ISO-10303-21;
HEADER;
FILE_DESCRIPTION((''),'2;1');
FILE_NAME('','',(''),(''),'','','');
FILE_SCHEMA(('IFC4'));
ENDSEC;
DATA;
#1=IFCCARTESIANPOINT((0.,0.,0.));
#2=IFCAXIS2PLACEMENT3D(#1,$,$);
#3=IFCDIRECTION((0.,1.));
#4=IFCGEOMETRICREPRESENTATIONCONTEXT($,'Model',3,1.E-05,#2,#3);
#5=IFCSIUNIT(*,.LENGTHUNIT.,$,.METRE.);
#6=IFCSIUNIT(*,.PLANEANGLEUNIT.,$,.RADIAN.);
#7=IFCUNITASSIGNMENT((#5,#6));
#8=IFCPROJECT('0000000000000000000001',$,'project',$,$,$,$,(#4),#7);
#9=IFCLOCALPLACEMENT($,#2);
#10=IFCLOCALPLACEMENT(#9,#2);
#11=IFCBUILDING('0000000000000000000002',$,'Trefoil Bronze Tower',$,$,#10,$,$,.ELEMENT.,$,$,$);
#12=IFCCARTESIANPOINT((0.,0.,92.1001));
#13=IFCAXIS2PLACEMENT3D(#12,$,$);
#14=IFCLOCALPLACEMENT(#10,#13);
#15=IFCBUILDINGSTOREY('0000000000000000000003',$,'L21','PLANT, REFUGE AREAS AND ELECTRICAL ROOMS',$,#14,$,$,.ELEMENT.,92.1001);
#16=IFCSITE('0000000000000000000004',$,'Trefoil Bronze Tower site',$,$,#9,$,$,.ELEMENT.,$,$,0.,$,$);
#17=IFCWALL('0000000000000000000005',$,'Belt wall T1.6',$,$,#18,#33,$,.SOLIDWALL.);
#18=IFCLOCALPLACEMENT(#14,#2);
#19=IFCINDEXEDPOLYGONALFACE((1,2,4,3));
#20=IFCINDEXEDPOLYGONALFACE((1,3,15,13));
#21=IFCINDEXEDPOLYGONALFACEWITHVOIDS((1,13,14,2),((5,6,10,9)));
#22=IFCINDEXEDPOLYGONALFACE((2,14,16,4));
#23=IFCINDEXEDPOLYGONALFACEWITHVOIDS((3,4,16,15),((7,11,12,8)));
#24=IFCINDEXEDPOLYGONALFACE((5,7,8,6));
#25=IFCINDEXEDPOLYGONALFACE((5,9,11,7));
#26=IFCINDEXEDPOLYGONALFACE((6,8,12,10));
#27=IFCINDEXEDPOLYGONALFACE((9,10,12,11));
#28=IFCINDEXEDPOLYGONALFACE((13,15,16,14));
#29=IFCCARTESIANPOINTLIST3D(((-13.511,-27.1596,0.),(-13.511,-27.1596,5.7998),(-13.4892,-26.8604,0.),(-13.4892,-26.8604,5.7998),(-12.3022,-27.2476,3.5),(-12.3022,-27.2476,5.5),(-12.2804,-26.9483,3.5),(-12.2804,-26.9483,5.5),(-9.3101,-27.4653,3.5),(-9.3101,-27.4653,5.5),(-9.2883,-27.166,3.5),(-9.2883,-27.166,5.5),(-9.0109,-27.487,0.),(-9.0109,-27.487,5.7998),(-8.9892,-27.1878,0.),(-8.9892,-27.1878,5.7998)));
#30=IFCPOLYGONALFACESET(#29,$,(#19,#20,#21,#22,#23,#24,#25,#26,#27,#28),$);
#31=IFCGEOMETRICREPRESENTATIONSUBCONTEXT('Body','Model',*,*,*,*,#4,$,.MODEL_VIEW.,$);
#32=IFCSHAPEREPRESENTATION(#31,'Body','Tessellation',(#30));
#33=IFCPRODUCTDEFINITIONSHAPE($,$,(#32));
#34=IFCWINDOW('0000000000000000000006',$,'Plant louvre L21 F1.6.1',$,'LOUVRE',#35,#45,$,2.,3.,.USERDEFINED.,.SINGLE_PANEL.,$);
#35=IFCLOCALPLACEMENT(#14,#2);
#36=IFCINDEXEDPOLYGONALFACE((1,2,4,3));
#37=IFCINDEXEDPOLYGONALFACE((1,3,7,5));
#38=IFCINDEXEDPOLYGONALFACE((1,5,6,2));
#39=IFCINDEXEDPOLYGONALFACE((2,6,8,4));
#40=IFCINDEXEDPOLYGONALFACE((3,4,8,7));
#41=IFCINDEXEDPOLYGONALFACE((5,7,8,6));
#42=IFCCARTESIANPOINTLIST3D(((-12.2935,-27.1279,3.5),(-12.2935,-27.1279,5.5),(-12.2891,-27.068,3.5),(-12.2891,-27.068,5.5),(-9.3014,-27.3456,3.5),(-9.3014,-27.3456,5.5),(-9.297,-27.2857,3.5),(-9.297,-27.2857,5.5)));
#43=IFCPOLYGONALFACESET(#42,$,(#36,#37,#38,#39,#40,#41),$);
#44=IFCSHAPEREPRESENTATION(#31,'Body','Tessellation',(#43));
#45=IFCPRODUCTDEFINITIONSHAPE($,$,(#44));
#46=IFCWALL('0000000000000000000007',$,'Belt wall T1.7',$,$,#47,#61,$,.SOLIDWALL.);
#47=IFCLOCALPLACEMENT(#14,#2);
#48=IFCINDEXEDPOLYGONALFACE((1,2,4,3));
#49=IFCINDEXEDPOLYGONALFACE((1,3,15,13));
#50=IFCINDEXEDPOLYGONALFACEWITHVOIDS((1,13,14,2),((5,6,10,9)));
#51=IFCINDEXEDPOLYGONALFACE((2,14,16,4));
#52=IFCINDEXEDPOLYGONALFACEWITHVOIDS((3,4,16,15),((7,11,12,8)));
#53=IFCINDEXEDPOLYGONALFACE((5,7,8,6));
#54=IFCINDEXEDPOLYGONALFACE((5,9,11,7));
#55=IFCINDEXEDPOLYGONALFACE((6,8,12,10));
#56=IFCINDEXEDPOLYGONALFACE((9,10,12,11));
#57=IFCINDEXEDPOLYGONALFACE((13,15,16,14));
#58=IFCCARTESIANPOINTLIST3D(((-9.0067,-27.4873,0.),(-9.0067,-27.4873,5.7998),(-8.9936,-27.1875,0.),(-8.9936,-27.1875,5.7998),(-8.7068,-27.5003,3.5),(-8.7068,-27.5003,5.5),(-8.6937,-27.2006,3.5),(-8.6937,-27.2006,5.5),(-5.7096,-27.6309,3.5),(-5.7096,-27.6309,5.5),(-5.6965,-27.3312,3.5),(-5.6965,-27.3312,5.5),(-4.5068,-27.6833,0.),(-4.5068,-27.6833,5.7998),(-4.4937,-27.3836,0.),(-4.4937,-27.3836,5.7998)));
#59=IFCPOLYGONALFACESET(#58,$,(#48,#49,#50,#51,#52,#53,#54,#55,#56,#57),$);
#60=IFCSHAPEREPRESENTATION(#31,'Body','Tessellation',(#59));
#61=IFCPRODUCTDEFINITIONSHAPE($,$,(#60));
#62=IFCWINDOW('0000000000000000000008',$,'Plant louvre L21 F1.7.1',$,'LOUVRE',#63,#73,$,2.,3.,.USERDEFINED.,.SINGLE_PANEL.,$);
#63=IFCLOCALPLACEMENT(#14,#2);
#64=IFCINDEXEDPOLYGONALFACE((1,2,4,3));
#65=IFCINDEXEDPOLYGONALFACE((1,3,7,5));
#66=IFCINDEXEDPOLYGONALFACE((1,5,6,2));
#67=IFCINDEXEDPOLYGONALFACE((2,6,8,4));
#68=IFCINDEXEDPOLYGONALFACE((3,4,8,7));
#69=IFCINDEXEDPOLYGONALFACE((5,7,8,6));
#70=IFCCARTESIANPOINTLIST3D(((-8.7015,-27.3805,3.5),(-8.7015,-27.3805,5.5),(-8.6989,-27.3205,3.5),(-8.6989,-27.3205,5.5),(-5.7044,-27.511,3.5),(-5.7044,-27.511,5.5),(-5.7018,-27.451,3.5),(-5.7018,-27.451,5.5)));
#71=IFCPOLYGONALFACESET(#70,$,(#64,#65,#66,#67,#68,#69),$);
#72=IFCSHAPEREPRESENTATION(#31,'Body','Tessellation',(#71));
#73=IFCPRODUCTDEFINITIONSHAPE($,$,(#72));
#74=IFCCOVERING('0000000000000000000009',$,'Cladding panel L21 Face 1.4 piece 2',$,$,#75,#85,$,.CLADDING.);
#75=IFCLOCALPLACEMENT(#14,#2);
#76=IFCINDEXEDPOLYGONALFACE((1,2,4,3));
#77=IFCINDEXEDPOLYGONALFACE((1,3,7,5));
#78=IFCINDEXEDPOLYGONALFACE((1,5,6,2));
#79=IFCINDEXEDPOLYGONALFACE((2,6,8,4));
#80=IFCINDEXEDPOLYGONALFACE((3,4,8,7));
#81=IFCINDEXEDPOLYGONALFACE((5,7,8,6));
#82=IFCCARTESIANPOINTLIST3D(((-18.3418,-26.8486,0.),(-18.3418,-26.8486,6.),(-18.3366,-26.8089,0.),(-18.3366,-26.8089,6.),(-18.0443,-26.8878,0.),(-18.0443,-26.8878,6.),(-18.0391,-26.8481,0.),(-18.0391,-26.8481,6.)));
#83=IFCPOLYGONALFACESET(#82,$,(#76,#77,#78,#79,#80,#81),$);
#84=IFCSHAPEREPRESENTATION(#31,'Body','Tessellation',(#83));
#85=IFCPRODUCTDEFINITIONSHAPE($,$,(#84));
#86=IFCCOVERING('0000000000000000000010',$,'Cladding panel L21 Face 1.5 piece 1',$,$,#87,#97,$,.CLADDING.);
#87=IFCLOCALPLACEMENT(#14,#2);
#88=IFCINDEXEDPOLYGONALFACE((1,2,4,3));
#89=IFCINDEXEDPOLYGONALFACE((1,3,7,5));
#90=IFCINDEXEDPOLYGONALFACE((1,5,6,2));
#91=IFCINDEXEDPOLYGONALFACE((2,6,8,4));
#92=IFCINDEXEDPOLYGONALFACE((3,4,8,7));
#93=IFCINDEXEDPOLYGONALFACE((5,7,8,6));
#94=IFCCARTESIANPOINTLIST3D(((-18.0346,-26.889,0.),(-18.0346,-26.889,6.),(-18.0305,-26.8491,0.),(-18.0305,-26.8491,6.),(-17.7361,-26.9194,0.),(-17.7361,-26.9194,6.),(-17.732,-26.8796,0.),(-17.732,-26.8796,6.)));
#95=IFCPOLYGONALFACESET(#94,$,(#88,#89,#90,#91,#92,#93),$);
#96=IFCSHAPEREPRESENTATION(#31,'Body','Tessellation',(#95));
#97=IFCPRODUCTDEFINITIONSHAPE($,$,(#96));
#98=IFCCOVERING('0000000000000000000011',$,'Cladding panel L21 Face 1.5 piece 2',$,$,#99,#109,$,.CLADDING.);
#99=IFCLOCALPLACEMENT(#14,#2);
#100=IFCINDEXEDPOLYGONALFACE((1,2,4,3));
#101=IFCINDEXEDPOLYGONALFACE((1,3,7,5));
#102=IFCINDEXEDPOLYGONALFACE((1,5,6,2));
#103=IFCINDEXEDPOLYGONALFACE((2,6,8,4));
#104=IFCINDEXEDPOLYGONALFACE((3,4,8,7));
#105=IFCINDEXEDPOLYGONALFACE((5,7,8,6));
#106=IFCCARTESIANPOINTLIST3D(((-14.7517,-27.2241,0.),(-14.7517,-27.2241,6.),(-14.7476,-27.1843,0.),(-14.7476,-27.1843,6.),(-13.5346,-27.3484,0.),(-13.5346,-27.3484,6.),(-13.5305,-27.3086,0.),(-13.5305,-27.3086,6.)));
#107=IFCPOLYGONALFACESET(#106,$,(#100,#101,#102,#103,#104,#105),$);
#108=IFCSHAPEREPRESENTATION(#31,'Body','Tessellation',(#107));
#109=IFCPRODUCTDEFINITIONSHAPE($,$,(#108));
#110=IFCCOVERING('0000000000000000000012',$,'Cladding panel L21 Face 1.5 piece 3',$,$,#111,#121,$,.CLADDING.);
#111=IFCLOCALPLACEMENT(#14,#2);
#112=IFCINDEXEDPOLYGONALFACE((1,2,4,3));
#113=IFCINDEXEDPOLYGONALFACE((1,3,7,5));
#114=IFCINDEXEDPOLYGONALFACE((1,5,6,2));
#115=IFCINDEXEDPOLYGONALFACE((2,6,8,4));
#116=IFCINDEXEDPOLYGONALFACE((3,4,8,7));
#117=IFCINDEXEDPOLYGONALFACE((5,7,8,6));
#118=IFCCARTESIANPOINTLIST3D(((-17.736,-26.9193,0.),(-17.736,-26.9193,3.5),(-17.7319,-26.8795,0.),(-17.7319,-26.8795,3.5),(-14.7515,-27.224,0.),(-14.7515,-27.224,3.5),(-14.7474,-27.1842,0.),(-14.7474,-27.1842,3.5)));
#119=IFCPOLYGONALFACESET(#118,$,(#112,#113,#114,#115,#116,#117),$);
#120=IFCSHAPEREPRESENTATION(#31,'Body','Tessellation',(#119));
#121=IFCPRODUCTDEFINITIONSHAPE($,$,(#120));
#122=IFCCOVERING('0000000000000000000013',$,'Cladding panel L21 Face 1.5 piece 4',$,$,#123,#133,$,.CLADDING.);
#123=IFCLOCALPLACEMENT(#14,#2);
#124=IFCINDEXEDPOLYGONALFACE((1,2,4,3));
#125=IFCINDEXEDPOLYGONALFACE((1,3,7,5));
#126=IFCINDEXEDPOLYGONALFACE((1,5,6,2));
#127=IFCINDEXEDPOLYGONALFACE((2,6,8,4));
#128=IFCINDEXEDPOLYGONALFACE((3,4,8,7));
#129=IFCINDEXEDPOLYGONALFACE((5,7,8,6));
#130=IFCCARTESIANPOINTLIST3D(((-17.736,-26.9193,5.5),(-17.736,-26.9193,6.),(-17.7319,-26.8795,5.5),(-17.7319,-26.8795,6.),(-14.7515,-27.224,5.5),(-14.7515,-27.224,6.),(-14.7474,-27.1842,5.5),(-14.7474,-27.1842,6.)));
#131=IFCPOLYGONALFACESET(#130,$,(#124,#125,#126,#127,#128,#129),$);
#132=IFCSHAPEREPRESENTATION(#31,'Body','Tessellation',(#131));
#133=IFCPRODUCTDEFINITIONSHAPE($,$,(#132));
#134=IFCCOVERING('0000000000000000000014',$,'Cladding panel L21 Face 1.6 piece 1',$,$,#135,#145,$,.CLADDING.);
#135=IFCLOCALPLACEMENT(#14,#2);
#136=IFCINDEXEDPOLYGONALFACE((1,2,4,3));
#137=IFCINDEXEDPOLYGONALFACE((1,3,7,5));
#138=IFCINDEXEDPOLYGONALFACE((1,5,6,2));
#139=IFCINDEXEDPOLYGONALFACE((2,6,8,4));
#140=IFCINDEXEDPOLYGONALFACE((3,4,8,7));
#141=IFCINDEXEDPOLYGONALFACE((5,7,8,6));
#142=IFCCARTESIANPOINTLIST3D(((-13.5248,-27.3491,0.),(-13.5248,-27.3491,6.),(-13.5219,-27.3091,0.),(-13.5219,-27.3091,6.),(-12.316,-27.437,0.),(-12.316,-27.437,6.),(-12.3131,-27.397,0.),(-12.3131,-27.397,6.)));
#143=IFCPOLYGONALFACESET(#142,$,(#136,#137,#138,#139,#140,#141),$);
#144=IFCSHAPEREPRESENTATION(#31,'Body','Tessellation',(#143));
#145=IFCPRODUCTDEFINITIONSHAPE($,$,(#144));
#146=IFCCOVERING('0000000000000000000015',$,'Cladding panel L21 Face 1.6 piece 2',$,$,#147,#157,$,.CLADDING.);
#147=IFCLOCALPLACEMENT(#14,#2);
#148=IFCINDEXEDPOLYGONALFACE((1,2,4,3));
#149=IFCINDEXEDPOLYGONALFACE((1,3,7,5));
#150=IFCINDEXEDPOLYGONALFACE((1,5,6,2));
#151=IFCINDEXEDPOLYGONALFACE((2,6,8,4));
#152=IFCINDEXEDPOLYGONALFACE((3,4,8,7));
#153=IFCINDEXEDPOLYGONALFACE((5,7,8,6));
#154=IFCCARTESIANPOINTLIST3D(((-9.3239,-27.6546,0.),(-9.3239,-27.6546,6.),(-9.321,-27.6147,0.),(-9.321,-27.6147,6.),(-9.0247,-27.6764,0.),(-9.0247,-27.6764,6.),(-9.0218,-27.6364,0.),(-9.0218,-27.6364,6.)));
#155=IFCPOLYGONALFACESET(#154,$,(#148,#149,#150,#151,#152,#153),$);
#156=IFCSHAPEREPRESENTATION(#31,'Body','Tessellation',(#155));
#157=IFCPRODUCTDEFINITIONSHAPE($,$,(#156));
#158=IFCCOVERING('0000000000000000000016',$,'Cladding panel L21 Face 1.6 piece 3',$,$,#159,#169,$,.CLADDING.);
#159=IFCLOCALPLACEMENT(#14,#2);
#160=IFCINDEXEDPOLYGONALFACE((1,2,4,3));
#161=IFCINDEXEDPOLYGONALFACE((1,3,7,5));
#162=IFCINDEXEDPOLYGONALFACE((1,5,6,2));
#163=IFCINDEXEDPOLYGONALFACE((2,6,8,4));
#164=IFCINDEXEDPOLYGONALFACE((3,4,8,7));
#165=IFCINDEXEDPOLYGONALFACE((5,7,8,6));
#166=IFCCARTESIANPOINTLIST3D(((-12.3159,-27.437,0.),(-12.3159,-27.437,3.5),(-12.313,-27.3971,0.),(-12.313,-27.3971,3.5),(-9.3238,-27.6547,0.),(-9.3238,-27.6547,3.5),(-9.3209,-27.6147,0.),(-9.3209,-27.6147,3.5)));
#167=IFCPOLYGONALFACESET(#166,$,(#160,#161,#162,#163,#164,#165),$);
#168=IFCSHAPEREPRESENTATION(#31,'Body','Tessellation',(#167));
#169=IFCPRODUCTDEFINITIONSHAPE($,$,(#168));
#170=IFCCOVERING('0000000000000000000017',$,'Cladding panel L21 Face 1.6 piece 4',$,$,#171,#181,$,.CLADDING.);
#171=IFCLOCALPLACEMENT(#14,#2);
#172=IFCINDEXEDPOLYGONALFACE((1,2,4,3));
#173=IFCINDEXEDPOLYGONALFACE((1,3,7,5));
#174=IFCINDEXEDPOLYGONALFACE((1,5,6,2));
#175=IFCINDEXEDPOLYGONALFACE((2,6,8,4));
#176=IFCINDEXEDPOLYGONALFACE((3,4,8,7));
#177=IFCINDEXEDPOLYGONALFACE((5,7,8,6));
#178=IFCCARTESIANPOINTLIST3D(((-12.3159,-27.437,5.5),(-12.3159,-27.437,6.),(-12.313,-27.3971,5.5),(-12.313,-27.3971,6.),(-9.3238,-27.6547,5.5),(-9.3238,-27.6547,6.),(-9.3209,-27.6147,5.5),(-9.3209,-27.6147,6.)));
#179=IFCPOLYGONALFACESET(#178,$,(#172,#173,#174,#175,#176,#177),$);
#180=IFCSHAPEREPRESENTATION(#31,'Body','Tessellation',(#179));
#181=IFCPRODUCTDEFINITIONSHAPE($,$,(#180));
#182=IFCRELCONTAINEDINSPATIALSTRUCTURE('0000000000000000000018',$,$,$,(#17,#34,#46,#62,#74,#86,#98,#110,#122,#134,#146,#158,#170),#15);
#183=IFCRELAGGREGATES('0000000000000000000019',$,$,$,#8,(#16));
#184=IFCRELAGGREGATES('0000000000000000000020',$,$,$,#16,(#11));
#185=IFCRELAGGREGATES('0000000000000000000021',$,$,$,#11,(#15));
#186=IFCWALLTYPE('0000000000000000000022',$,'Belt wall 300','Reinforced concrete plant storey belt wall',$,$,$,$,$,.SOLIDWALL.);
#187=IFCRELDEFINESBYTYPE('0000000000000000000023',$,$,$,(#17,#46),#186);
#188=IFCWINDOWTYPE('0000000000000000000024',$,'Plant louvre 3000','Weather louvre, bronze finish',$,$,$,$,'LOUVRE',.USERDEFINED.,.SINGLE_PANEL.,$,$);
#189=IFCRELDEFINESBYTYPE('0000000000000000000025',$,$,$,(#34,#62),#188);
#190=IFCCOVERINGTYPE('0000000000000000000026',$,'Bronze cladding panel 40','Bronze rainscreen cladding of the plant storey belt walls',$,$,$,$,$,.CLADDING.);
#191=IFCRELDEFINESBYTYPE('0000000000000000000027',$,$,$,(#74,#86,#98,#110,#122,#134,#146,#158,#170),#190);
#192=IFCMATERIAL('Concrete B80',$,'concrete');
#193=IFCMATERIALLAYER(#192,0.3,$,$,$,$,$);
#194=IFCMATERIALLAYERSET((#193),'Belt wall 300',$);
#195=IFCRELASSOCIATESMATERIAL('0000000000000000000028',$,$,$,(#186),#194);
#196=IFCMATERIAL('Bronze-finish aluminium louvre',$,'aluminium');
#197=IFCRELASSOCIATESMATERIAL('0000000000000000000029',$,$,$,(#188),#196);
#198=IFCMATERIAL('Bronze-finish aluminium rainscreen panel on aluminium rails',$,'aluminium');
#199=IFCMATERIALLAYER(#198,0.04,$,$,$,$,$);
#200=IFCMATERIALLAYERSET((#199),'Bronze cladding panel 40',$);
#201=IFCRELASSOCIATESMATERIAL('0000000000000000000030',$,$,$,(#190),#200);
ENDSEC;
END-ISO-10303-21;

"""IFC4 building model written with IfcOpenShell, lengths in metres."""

from ifc_helpers import new_model, si_unit, direction, frame, frame_2d, origin, origin_2d, place, context, subcontext, project, spatial, rectangle, extrude, material, layer, layer_set, type_object, element, fill, save


model = new_model("IFC4")

# Units and contexts
model_context = context("Model", 3, precision=1e-05, world=origin(), true_north=direction((0.0, 1.0)))
body_context = subcontext(model_context, "Body", "Model", "MODEL_VIEW")
ifc_project = project(units=[si_unit("LENGTHUNIT", "METRE"), si_unit("PLANEANGLEUNIT", "RADIAN")], contexts=[model_context])

# Site, building, storey
site_placement = place(None, origin())
site = spatial("IfcSite", under=ifc_project, at=site_placement, Name="Trefoil Bronze Tower site", CompositionType="ELEMENT", RefElevation=0.0)
building_placement = place(site_placement, origin())
building = spatial("IfcBuilding", under=site, at=building_placement, Name="Trefoil Bronze Tower", CompositionType="ELEMENT")
storey_placement = place(building_placement, frame((0.0, 0.0, 92.1001)))
storey = spatial("IfcBuildingStorey", under=building, at=storey_placement, Name="L21", Description="PLANT, REFUGE AREAS AND ELECTRICAL ROOMS", CompositionType="ELEMENT", Elevation=92.1001)

# Walls, openings, windows
ifc_material_1 = material(Name="Concrete B80", Category="concrete")
ifc_layer_1 = layer(ifc_material_1, 0.3)
ifc_layer_set_1 = layer_set([ifc_layer_1], Name="Belt wall 300")
wall_type = type_object("IfcWallType", Name="Belt wall 300", Description="Reinforced concrete plant storey belt wall", PredefinedType="SOLIDWALL", material=ifc_layer_set_1)
wall_1_placement = place(storey_placement, frame((-13.5, -27.01, 0.0), z_axis=(0.0, 0.0, 1.0), x_axis=(0.997364, -0.072562, 0.0)))
wall_1 = element("IfcWall", 1, at=wall_1_placement, inside=storey, type_object=wall_type, Name="Belt wall T1.6", PredefinedType="SOLIDWALL", context=body_context, shape_type="SweptSolid", body=[
    extrude(rectangle(XDim=4.512, YDim=0.3, at=frame_2d((2.2559, 0.0))), origin(), (0.0, 0.0, 1.0), 5.7998),
])
opening_1_placement = place(wall_1_placement, frame((1.2119, 0.0, 3.5)))
opening_1 = element("IfcOpeningElement", 2, at=opening_1_placement, cuts=wall_1, PredefinedType="OPENING", context=body_context, shape_type="SweptSolid", body=[
    extrude(rectangle(XDim=3.0, YDim=2.0, at=frame_2d((1.5, 1.0))), frame((0.0, 0.1599, 0.0), z_axis=(0.0, -1.0, 0.0), x_axis=(1.0, 0.0, 0.0)), (0.0, 0.0, 1.0), 0.3201),
])
ifc_material_2 = material(Name="Bronze-finish aluminium louvre", Category="aluminium")
window_type = type_object("IfcWindowType", Name="Plant louvre 3000", Description="Weather louvre, bronze finish", ElementType="LOUVRE", PartitioningType="SINGLE_PANEL", PredefinedType="USERDEFINED", material=ifc_material_2)
window_1_placement = place(opening_1_placement, origin())
window_1 = element("IfcWindow", 3, at=window_1_placement, inside=storey, type_object=window_type, Name="Plant louvre L21 F1.6.1", ObjectType="LOUVRE", OverallHeight=2.0, OverallWidth=3.0, PartitioningType="SINGLE_PANEL", PredefinedType="USERDEFINED", context=body_context, shape_type="SweptSolid", body=[
    extrude(rectangle(XDim=3.0, YDim=2.0, at=frame_2d((1.5, 1.0))), frame((0.0, 0.03, 0.0), z_axis=(0.0, -1.0, 0.0), x_axis=(1.0, 0.0, 0.0)), (0.0, 0.0, 1.0), 0.0601),
])
fill(opening_1, window_1)
wall_2_placement = place(storey_placement, frame((-9.0, -27.3374, 0.0), z_axis=(0.0, 0.0, 1.0), x_axis=(0.999052, -0.043524, 0.0)))
wall_2 = element("IfcWall", 4, at=wall_2_placement, inside=storey, type_object=wall_type, Name="Belt wall T1.7", PredefinedType="SOLIDWALL", context=body_context, shape_type="SweptSolid", body=[
    extrude(rectangle(XDim=4.5042, YDim=0.3, at=frame_2d((2.252, 0.0))), origin(), (0.0, 0.0, 1.0), 5.7998),
])
opening_2_placement = place(wall_2_placement, frame((0.3, 0.0, 3.5)))
opening_2 = element("IfcOpeningElement", 5, at=opening_2_placement, cuts=wall_2, PredefinedType="OPENING", context=body_context, shape_type="SweptSolid", body=[
    extrude(rectangle(XDim=3.0, YDim=2.0, at=frame_2d((1.5, 1.0))), frame((0.0, 0.1599, 0.0), z_axis=(0.0, -1.0, 0.0), x_axis=(1.0, 0.0, 0.0)), (0.0, 0.0, 1.0), 0.3201),
])
window_2_placement = place(opening_2_placement, origin())
window_2 = element("IfcWindow", 6, at=window_2_placement, inside=storey, type_object=window_type, Name="Plant louvre L21 F1.7.1", ObjectType="LOUVRE", OverallHeight=2.0, OverallWidth=3.0, PartitioningType="SINGLE_PANEL", PredefinedType="USERDEFINED", context=body_context, shape_type="SweptSolid", body=[
    extrude(rectangle(XDim=3.0, YDim=2.0, at=frame_2d((1.5, 1.0))), frame((0.0, 0.03, 0.0), z_axis=(0.0, -1.0, 0.0), x_axis=(1.0, 0.0, 0.0)), (0.0, 0.0, 1.0), 0.0601),
])
fill(opening_2, window_2)

# Coverings
ifc_material_3 = material(Name="Bronze-finish aluminium rainscreen panel on aluminium rails", Category="aluminium")
ifc_layer_2 = layer(ifc_material_3, 0.04)
ifc_layer_set_2 = layer_set([ifc_layer_2], Name="Bronze cladding panel 40")
covering_type_1 = type_object("IfcCoveringType", Name="Bronze cladding panel 40", Description="Bronze rainscreen cladding of the plant storey belt walls", PredefinedType="CLADDING", material=ifc_layer_set_2)
for number, where, z_axis, x_axis, name in (
    (7, (-18.1904, -26.8484, 0.0), (0.0, 0.0, 1.0), (0.991437, -0.130584, 0.0), "Cladding panel L21 Face 1.4 piece 2"),
    (8, (-17.8833, -26.8843, 0.0), (0.0, 0.0, 1.0), (0.994829, -0.101565, 0.0), "Cladding panel L21 Face 1.5 piece 1"),
):
    element("IfcCovering", number, at=place(storey_placement, frame(where, z_axis=z_axis, x_axis=x_axis)), inside=storey, type_object=covering_type_1, Name=name, PredefinedType="CLADDING", context=body_context, shape_type="SweptSolid", body=[
        extrude(rectangle(XDim=0.3, YDim=0.04, at=origin_2d()), origin(), (0.0, 0.0, 1.0), 6.0),
    ])
covering_1_placement = place(storey_placement, frame((-14.1411, -27.2664, 0.0), z_axis=(0.0, 0.0, 1.0), x_axis=(0.994829, -0.101565, 0.0)))
element("IfcCovering", 9, at=covering_1_placement, inside=storey, type_object=covering_type_1, Name="Cladding panel L21 Face 1.5 piece 2", PredefinedType="CLADDING", context=body_context, shape_type="SweptSolid", body=[
    extrude(rectangle(XDim=1.2234, YDim=0.04, at=origin_2d()), origin(), (0.0, 0.0, 1.0), 6.0),
])
covering_2_placement = place(storey_placement, frame((-16.2417, -27.0518, 0.0), z_axis=(0.0, 0.0, 1.0), x_axis=(0.994829, -0.101565, 0.0)))
element("IfcCovering", 10, at=covering_2_placement, inside=storey, type_object=covering_type_1, Name="Cladding panel L21 Face 1.5 piece 3", PredefinedType="CLADDING", context=body_context, shape_type="SweptSolid", body=[
    extrude(rectangle(XDim=3.0, YDim=0.04, at=origin_2d()), origin(), (0.0, 0.0, 1.0), 3.5),
])
covering_3_placement = place(storey_placement, frame((-16.2417, -27.0518, 5.5), z_axis=(0.0, 0.0, 1.0), x_axis=(0.994829, -0.101565, 0.0)))
element("IfcCovering", 11, at=covering_3_placement, inside=storey, type_object=covering_type_1, Name="Cladding panel L21 Face 1.5 piece 4", PredefinedType="CLADDING", context=body_context, shape_type="SweptSolid", body=[
    extrude(rectangle(XDim=3.0, YDim=0.04, at=origin_2d()), origin(), (0.0, 0.0, 1.0), 0.5),
])
covering_4_placement = place(storey_placement, frame((-12.9189, -27.373, 0.0), z_axis=(0.0, 0.0, 1.0), x_axis=(0.997365, -0.072547, 0.0)))
element("IfcCovering", 12, at=covering_4_placement, inside=storey, type_object=covering_type_1, Name="Cladding panel L21 Face 1.6 piece 1", PredefinedType="CLADDING", context=body_context, shape_type="SweptSolid", body=[
    extrude(rectangle(XDim=1.2119, YDim=0.04, at=origin_2d()), origin(), (0.0, 0.0, 1.0), 6.0),
])
covering_5_placement = place(storey_placement, frame((-9.1729, -27.6455, 0.0), z_axis=(0.0, 0.0, 1.0), x_axis=(0.997365, -0.072547, 0.0)))
element("IfcCovering", 13, at=covering_5_placement, inside=storey, type_object=covering_type_1, Name="Cladding panel L21 Face 1.6 piece 2", PredefinedType="CLADDING", context=body_context, shape_type="SweptSolid", body=[
    extrude(rectangle(XDim=0.3, YDim=0.04, at=origin_2d()), origin(), (0.0, 0.0, 1.0), 6.0),
])
covering_6_placement = place(storey_placement, frame((-10.8184, -27.5259, 0.0), z_axis=(0.0, 0.0, 1.0), x_axis=(0.997365, -0.072547, 0.0)))
element("IfcCovering", 14, at=covering_6_placement, inside=storey, type_object=covering_type_1, Name="Cladding panel L21 Face 1.6 piece 3", PredefinedType="CLADDING", context=body_context, shape_type="SweptSolid", body=[
    extrude(rectangle(XDim=3.0, YDim=0.04, at=origin_2d()), origin(), (0.0, 0.0, 1.0), 3.5),
])
covering_7_placement = place(storey_placement, frame((-10.8184, -27.5259, 5.5), z_axis=(0.0, 0.0, 1.0), x_axis=(0.997365, -0.072547, 0.0)))
element("IfcCovering", 15, at=covering_7_placement, inside=storey, type_object=covering_type_1, Name="Cladding panel L21 Face 1.6 piece 4", PredefinedType="CLADDING", context=body_context, shape_type="SweptSolid", body=[
    extrude(rectangle(XDim=3.0, YDim=0.04, at=origin_2d()), origin(), (0.0, 0.0, 1.0), 0.5),
])

save(model, "model.ifc")
